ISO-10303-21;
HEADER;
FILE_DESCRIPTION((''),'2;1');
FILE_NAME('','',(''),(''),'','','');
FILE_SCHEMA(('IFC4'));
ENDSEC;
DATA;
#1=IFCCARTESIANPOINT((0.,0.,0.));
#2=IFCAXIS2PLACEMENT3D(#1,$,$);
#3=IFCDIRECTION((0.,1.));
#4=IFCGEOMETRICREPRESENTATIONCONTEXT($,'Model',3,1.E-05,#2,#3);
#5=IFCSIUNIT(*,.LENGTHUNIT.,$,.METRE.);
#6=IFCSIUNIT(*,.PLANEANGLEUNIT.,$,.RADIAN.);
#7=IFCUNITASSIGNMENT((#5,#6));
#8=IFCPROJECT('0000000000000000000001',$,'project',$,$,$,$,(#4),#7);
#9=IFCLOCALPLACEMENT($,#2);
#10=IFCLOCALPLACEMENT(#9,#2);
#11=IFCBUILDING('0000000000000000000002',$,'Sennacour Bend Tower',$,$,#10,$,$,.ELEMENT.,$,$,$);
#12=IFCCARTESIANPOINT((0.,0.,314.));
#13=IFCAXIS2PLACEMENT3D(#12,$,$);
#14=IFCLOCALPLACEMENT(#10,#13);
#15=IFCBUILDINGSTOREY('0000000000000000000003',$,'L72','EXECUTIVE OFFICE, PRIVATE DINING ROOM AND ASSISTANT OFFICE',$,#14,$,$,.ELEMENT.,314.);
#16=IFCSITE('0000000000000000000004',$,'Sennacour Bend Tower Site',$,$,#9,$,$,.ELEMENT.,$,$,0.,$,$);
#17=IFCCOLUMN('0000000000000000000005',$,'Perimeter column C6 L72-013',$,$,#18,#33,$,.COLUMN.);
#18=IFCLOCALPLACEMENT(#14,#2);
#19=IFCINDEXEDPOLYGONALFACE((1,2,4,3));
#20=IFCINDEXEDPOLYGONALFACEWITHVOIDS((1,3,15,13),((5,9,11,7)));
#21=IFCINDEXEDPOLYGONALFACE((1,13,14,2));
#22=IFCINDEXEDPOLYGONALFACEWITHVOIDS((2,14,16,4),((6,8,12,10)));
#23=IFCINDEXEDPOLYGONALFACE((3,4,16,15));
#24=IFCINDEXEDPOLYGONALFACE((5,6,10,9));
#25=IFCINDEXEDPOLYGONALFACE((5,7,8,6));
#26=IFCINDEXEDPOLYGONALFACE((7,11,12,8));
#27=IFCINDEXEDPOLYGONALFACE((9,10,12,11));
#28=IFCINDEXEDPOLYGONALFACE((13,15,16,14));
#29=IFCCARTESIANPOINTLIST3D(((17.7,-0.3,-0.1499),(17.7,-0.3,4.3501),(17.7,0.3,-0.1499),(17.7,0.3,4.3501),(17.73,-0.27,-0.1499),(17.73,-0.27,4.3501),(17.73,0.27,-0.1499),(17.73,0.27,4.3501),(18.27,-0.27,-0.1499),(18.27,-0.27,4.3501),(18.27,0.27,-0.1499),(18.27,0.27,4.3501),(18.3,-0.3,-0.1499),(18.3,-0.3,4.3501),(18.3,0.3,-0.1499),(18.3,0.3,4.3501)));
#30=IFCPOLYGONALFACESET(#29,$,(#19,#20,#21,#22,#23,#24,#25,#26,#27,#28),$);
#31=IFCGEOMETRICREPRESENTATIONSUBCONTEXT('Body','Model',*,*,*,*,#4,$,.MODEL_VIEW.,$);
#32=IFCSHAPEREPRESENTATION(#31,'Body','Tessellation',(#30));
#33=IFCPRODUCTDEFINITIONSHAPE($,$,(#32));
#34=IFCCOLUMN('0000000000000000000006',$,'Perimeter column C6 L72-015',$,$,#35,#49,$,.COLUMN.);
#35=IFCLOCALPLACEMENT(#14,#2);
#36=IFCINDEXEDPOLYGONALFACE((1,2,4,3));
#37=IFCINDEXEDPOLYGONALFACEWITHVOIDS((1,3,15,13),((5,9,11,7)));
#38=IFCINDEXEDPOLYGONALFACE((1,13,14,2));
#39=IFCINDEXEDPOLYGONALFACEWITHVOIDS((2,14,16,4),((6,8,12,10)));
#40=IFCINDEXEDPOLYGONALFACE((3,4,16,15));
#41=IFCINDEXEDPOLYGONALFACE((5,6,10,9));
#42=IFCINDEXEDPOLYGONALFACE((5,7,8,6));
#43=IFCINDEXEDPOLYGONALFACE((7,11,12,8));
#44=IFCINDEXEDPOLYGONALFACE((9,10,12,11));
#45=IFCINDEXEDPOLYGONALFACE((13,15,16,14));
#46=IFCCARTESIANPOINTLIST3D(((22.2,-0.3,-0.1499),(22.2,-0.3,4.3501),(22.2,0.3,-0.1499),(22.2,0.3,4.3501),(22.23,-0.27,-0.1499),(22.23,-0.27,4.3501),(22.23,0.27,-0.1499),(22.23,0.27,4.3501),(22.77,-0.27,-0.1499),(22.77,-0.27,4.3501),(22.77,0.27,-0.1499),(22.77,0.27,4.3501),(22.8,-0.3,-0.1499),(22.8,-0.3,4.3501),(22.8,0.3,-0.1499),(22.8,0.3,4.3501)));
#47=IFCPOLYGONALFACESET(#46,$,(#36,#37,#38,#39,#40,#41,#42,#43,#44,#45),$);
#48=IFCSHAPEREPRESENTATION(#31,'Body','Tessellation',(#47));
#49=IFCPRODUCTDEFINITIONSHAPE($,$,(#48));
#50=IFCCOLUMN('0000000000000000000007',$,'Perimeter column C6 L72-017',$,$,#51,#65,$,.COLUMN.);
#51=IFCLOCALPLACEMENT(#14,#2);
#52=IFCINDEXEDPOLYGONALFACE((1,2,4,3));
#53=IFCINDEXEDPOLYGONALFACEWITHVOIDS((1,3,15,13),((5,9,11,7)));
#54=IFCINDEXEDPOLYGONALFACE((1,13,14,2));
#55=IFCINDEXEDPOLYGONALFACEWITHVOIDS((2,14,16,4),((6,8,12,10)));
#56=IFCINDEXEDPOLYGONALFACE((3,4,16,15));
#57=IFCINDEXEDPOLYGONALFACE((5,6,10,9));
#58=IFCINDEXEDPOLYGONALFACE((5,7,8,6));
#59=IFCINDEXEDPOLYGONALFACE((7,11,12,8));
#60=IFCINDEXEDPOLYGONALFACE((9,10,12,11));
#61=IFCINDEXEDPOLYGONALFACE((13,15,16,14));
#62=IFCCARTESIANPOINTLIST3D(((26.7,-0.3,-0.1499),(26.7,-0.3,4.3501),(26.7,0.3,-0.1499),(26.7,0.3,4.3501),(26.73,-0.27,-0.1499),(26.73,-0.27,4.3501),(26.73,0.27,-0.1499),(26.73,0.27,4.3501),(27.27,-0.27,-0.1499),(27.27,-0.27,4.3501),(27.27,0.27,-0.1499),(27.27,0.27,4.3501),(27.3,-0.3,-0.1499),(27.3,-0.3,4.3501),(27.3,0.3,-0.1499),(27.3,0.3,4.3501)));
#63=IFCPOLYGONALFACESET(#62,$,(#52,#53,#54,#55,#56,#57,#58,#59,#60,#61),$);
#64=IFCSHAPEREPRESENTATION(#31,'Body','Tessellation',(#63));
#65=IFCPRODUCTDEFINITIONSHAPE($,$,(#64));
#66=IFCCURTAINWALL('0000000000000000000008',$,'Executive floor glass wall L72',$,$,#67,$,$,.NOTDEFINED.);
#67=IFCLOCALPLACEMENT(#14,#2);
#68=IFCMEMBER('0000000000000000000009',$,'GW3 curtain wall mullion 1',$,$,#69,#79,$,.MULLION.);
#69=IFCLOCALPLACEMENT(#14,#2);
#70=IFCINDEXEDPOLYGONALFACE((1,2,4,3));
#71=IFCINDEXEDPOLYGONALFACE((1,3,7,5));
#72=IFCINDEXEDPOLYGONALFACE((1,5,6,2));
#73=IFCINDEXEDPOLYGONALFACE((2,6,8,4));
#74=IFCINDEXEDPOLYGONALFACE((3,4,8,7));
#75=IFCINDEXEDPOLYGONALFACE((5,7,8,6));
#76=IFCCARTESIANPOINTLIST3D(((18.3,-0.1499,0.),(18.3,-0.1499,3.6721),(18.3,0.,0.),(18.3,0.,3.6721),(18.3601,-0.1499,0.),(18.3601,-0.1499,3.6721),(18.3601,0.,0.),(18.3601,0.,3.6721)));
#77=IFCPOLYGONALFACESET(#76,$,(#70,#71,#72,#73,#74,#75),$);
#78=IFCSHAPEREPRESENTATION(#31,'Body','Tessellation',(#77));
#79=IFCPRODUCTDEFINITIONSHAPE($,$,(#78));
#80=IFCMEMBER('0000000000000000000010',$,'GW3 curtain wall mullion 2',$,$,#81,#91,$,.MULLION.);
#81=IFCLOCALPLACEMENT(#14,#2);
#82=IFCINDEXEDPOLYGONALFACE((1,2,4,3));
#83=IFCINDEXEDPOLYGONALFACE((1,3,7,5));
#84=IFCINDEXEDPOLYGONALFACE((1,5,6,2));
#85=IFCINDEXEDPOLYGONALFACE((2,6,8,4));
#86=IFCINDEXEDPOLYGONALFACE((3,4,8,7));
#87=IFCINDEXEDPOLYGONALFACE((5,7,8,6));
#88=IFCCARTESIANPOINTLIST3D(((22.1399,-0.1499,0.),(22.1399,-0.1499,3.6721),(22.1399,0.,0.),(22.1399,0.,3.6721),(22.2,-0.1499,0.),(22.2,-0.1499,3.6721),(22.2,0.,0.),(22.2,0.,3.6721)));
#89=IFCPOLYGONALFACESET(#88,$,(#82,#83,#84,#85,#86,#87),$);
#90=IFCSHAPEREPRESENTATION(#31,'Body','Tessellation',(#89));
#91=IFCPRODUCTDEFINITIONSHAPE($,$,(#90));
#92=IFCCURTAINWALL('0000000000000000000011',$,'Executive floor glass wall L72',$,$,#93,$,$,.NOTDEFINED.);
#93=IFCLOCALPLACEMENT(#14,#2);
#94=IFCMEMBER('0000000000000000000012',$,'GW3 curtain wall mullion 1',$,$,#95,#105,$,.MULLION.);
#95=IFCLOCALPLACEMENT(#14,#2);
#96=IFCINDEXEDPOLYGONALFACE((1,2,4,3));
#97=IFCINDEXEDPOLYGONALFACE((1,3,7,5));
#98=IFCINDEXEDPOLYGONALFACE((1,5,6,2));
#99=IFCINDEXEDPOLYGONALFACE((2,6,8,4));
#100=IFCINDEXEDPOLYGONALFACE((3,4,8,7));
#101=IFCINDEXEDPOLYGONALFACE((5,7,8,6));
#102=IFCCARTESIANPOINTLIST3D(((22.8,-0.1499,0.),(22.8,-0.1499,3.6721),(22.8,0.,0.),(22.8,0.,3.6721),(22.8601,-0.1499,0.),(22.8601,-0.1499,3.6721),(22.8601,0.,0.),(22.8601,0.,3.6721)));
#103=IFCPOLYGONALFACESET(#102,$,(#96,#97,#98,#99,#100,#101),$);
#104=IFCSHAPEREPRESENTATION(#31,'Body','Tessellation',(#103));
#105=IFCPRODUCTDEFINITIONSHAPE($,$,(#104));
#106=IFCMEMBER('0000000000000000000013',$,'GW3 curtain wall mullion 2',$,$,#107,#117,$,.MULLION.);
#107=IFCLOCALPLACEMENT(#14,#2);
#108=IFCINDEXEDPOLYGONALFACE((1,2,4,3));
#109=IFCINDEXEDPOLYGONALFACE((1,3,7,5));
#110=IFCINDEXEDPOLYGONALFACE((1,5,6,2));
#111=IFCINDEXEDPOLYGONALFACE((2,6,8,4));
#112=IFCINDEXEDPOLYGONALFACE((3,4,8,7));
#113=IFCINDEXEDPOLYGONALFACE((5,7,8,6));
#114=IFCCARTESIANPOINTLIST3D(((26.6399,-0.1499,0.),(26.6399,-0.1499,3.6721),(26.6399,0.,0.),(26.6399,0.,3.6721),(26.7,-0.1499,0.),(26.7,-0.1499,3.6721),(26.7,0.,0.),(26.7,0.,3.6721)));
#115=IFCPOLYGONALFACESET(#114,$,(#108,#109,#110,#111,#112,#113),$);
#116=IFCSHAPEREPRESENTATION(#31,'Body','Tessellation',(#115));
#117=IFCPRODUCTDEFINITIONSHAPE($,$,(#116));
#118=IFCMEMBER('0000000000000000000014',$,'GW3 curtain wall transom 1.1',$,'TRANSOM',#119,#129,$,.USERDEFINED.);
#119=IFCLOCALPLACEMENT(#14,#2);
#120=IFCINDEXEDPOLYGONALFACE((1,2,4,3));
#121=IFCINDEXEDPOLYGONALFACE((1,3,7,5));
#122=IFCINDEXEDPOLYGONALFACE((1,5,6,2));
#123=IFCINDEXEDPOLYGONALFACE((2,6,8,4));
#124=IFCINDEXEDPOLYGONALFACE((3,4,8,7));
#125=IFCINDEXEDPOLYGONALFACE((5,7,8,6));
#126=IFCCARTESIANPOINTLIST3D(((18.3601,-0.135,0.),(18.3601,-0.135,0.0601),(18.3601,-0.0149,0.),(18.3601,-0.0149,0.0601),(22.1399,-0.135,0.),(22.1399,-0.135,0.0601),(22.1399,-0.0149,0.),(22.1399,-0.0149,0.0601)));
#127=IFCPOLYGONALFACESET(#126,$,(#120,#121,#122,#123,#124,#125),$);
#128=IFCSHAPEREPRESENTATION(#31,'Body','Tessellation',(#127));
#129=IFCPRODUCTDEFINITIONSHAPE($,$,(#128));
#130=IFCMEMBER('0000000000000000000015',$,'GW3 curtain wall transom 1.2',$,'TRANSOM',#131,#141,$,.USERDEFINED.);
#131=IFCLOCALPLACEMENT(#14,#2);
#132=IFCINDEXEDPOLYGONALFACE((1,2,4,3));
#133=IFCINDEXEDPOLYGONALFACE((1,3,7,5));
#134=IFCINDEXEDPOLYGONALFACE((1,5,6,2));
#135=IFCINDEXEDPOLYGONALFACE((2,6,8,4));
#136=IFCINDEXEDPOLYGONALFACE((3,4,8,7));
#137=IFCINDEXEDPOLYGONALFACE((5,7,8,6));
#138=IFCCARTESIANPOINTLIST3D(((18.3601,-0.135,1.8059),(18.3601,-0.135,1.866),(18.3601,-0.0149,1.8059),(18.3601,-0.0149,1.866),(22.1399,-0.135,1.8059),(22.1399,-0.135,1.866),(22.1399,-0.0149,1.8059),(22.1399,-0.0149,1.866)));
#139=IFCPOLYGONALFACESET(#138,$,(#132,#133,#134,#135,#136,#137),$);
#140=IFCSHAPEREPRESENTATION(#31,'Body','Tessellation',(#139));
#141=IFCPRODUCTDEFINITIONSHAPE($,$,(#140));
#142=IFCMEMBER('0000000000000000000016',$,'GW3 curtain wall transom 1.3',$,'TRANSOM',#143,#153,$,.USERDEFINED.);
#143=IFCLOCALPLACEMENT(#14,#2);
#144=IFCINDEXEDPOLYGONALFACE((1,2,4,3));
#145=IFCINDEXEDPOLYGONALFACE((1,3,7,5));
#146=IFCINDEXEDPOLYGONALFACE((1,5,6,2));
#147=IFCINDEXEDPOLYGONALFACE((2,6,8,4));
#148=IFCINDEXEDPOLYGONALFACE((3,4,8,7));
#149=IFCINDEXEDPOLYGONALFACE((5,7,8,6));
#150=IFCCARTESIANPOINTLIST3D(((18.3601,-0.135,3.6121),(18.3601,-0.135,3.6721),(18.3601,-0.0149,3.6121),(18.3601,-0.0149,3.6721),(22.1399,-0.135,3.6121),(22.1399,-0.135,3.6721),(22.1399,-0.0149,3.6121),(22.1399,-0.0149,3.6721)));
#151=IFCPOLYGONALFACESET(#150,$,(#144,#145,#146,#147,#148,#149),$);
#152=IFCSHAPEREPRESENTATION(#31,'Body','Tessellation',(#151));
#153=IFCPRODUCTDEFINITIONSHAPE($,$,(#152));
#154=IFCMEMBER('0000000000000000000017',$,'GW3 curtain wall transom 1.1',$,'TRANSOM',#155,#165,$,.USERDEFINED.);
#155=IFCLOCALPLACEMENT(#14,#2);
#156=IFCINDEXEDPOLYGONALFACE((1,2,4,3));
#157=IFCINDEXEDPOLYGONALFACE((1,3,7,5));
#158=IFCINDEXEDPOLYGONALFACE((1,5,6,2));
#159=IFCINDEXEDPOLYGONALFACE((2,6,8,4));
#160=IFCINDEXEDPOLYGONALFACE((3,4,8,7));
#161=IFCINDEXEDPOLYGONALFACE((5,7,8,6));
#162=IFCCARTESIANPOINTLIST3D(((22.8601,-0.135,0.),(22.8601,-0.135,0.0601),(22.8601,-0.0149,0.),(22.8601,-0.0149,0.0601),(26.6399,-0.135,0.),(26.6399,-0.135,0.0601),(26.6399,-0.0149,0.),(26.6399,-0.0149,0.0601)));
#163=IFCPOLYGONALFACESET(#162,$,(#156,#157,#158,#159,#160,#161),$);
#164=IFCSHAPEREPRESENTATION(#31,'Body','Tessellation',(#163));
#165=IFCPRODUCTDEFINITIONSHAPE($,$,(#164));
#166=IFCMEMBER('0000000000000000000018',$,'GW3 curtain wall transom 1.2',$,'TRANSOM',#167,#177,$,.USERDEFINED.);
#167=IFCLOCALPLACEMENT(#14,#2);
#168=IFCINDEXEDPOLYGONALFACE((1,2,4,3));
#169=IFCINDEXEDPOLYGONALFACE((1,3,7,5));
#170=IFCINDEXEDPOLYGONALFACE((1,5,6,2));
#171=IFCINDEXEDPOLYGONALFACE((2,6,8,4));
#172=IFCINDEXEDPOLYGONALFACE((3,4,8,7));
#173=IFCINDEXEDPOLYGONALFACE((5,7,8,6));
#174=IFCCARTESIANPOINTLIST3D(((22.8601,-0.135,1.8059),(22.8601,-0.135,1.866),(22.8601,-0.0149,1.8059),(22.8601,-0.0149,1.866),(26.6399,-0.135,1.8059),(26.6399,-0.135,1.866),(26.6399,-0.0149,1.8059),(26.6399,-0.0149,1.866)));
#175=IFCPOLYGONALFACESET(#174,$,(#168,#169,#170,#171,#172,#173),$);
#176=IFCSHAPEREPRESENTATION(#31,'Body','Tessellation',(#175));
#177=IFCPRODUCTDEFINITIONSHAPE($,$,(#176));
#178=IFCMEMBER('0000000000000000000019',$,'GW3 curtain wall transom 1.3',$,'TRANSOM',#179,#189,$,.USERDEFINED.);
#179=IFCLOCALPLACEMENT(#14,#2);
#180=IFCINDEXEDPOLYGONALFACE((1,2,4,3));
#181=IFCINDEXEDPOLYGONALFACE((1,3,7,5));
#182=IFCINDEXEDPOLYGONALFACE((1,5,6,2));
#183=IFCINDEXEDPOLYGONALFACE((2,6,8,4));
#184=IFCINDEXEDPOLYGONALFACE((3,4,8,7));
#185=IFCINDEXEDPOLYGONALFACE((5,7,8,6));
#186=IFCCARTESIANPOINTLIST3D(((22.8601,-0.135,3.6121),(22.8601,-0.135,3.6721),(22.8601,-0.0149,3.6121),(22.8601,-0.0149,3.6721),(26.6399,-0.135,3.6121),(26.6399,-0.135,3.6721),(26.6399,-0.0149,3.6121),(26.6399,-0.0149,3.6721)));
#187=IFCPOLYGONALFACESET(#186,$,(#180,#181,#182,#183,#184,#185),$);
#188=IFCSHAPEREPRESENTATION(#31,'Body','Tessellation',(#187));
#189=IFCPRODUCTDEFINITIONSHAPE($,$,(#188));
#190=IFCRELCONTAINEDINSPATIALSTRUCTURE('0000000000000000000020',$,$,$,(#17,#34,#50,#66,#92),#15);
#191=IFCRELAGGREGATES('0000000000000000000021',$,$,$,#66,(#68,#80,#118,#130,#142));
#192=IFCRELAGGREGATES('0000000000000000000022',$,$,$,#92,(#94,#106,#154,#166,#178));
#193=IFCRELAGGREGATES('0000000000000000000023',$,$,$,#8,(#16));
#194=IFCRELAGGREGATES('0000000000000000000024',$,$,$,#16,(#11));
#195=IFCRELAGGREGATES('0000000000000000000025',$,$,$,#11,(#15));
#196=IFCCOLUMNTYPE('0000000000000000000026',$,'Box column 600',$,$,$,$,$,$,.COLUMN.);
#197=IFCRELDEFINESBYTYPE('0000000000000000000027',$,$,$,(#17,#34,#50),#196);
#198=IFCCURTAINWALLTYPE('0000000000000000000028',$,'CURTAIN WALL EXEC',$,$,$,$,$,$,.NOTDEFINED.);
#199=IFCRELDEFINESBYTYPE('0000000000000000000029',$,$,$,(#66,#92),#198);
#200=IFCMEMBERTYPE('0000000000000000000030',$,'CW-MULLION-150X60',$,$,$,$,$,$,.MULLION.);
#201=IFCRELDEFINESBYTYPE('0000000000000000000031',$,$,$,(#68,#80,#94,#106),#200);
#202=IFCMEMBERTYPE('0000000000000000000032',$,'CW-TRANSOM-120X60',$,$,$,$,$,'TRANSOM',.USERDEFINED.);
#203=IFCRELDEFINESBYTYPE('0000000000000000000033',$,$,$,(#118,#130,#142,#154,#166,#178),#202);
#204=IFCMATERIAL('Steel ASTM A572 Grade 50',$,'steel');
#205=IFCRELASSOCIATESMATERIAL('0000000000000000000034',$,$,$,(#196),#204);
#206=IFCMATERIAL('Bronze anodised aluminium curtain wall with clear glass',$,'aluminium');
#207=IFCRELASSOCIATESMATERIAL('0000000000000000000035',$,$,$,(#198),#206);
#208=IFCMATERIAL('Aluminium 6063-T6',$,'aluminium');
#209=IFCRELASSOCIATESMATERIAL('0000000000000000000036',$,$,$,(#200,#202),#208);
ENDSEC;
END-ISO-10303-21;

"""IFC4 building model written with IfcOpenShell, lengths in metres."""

from ifc_helpers import new_model, si_unit, direction, frame, origin, origin_2d, place, context, subcontext, project, spatial, rectangle, hollow_rectangle, extrude, material, material_profile, profile_set, type_object, element, aggregate, save


model = new_model("IFC4")

# Units and contexts
model_context = context("Model", 3, precision=1e-05, world=origin(), true_north=direction((0.0, 1.0)))
body_context = subcontext(model_context, "Body", "Model", "MODEL_VIEW")
ifc_project = project(units=[si_unit("LENGTHUNIT", "METRE"), si_unit("PLANEANGLEUNIT", "RADIAN")], contexts=[model_context])

# Site, building, storey
site_placement = place(None, origin())
site = spatial("IfcSite", under=ifc_project, at=site_placement, Name="Sennacour Bend Tower Site", CompositionType="ELEMENT", RefElevation=0.0)
building_placement = place(site_placement, origin())
building = spatial("IfcBuilding", under=site, at=building_placement, Name="Sennacour Bend Tower", CompositionType="ELEMENT")
storey_placement = place(building_placement, frame((0.0, 0.0, 314.0)))
storey = spatial("IfcBuildingStorey", under=building, at=storey_placement, Name="L72", Description="EXECUTIVE OFFICE, PRIVATE DINING ROOM AND ASSISTANT OFFICE", CompositionType="ELEMENT", Elevation=314.0)

# Columns
ifc_material_1 = material(Name="Steel ASTM A572 Grade 50", Category="steel")
ifc_material_profile_1 = material_profile(ifc_material_1, hollow_rectangle(XDim=0.6001, YDim=0.6001, WallThickness=0.03, at=origin_2d()), Name="Steel ASTM A572 Grade 50", Category="steel")
ifc_profile_set_1 = profile_set([ifc_material_profile_1], Name="Steel ASTM A572 Grade 50")
column_type = type_object("IfcColumnType", Name="Box column 600", PredefinedType="COLUMN", material=ifc_profile_set_1)
for number, where, z_axis, x_axis, name in (
    (1, (18.0, 0.0, -0.1499), (0.0, 0.0, 1.0), (1.0, 0.0, 0.0), "Perimeter column C6 L72-013"),
    (2, (22.5, 0.0, -0.1499), (0.0, 0.0, 1.0), (1.0, 0.0, 0.0), "Perimeter column C6 L72-015"),
    (3, (27.0, 0.0, -0.1499), (0.0, 0.0, 1.0), (1.0, 0.0, 0.0), "Perimeter column C6 L72-017"),
):
    element("IfcColumn", number, at=place(storey_placement, frame(where, z_axis=z_axis, x_axis=x_axis)), inside=storey, type_object=column_type, Name=name, PredefinedType="COLUMN", context=body_context, shape_type="SweptSolid", body=[
        extrude(hollow_rectangle(XDim=0.6001, YDim=0.6001, WallThickness=0.03, at=origin_2d()), origin(), (0.0, 0.0, 1.0), 4.5),
    ])

# Curtain walls, members
ifc_material_2 = material(Name="Bronze anodised aluminium curtain wall with clear glass", Category="aluminium")
curtain_wall_type = type_object("IfcCurtainWallType", Name="CURTAIN WALL EXEC", PredefinedType="NOTDEFINED", material=ifc_material_2)
curtain_wall_1_placement = place(storey_placement, origin())
curtain_wall_1 = element("IfcCurtainWall", 4, at=curtain_wall_1_placement, inside=storey, type_object=curtain_wall_type, Name="Executive floor glass wall L72", PredefinedType="NOTDEFINED")
ifc_material_3 = material(Name="Aluminium 6063-T6", Category="aluminium")
ifc_material_profile_2 = material_profile(ifc_material_3, rectangle(XDim=0.1499, YDim=0.0601, at=origin_2d()), Name="Aluminium 6063-T6", Category="aluminium")
ifc_profile_set_2 = profile_set([ifc_material_profile_2], Name="Aluminium 6063-T6")
member_type_1 = type_object("IfcMemberType", Name="CW-MULLION-150X60", PredefinedType="MULLION", material=ifc_profile_set_2)
member_1_placement = place(storey_placement, frame((18.3301, -0.075, 0.0), z_axis=(0.0, 0.0, 1.0), x_axis=(0.0, 1.0, 0.0)))
member_1 = element("IfcMember", 5, at=member_1_placement, type_object=member_type_1, Name="GW3 curtain wall mullion 1", PredefinedType="MULLION", context=body_context, shape_type="SweptSolid", body=[
    extrude(rectangle(XDim=0.1499, YDim=0.0601, at=origin_2d()), origin(), (0.0, 0.0, 1.0), 3.6721),
])
member_2_placement = place(storey_placement, frame((22.1699, -0.075, 0.0), z_axis=(0.0, 0.0, 1.0), x_axis=(0.0, 1.0, 0.0)))
member_2 = element("IfcMember", 6, at=member_2_placement, type_object=member_type_1, Name="GW3 curtain wall mullion 2", PredefinedType="MULLION", context=body_context, shape_type="SweptSolid", body=[
    extrude(rectangle(XDim=0.1499, YDim=0.0601, at=origin_2d()), origin(), (0.0, 0.0, 1.0), 3.6721),
])
curtain_wall_2_placement = place(storey_placement, origin())
curtain_wall_2 = element("IfcCurtainWall", 7, at=curtain_wall_2_placement, inside=storey, type_object=curtain_wall_type, Name="Executive floor glass wall L72", PredefinedType="NOTDEFINED")
member_3_placement = place(storey_placement, frame((22.8301, -0.075, 0.0), z_axis=(0.0, 0.0, 1.0), x_axis=(0.0, 1.0, 0.0)))
member_3 = element("IfcMember", 8, at=member_3_placement, type_object=member_type_1, Name="GW3 curtain wall mullion 1", PredefinedType="MULLION", context=body_context, shape_type="SweptSolid", body=[
    extrude(rectangle(XDim=0.1499, YDim=0.0601, at=origin_2d()), origin(), (0.0, 0.0, 1.0), 3.6721),
])
member_4_placement = place(storey_placement, frame((26.6699, -0.075, 0.0), z_axis=(0.0, 0.0, 1.0), x_axis=(0.0, 1.0, 0.0)))
member_4 = element("IfcMember", 9, at=member_4_placement, type_object=member_type_1, Name="GW3 curtain wall mullion 2", PredefinedType="MULLION", context=body_context, shape_type="SweptSolid", body=[
    extrude(rectangle(XDim=0.1499, YDim=0.0601, at=origin_2d()), origin(), (0.0, 0.0, 1.0), 3.6721),
])

# Members
ifc_material_profile_3 = material_profile(ifc_material_3, rectangle(XDim=0.1201, YDim=0.0601, at=origin_2d()), Name="Aluminium 6063-T6", Category="aluminium")
ifc_profile_set_3 = profile_set([ifc_material_profile_3], Name="Aluminium 6063-T6")
member_type_2 = type_object("IfcMemberType", Name="CW-TRANSOM-120X60", ElementType="TRANSOM", PredefinedType="USERDEFINED", material=ifc_profile_set_3)
member_5_placement = place(storey_placement, frame((18.3601, -0.075, 0.03), z_axis=(1.0, 0.0, 0.0), x_axis=(0.0, 1.0, 0.0)))
member_5 = element("IfcMember", 10, at=member_5_placement, type_object=member_type_2, Name="GW3 curtain wall transom 1.1", ObjectType="TRANSOM", PredefinedType="USERDEFINED", context=body_context, shape_type="SweptSolid", body=[
    extrude(rectangle(XDim=0.1201, YDim=0.0601, at=origin_2d()), origin(), (0.0, 0.0, 1.0), 3.7798),
])
member_6_placement = place(storey_placement, frame((18.3601, -0.075, 1.8359), z_axis=(1.0, 0.0, 0.0), x_axis=(0.0, 1.0, 0.0)))
member_6 = element("IfcMember", 11, at=member_6_placement, type_object=member_type_2, Name="GW3 curtain wall transom 1.2", ObjectType="TRANSOM", PredefinedType="USERDEFINED", context=body_context, shape_type="SweptSolid", body=[
    extrude(rectangle(XDim=0.1201, YDim=0.0601, at=origin_2d()), origin(), (0.0, 0.0, 1.0), 3.7798),
])
member_7_placement = place(storey_placement, frame((18.3601, -0.075, 3.6421), z_axis=(1.0, 0.0, 0.0), x_axis=(0.0, 1.0, 0.0)))
member_7 = element("IfcMember", 12, at=member_7_placement, type_object=member_type_2, Name="GW3 curtain wall transom 1.3", ObjectType="TRANSOM", PredefinedType="USERDEFINED", context=body_context, shape_type="SweptSolid", body=[
    extrude(rectangle(XDim=0.1201, YDim=0.0601, at=origin_2d()), origin(), (0.0, 0.0, 1.0), 3.7798),
])
member_8_placement = place(storey_placement, frame((22.8601, -0.075, 0.03), z_axis=(1.0, 0.0, 0.0), x_axis=(0.0, 1.0, 0.0)))
member_8 = element("IfcMember", 13, at=member_8_placement, type_object=member_type_2, Name="GW3 curtain wall transom 1.1", ObjectType="TRANSOM", PredefinedType="USERDEFINED", context=body_context, shape_type="SweptSolid", body=[
    extrude(rectangle(XDim=0.1201, YDim=0.0601, at=origin_2d()), origin(), (0.0, 0.0, 1.0), 3.7798),
])
member_9_placement = place(storey_placement, frame((22.8601, -0.075, 1.8359), z_axis=(1.0, 0.0, 0.0), x_axis=(0.0, 1.0, 0.0)))
member_9 = element("IfcMember", 14, at=member_9_placement, type_object=member_type_2, Name="GW3 curtain wall transom 1.2", ObjectType="TRANSOM", PredefinedType="USERDEFINED", context=body_context, shape_type="SweptSolid", body=[
    extrude(rectangle(XDim=0.1201, YDim=0.0601, at=origin_2d()), origin(), (0.0, 0.0, 1.0), 3.7798),
])
member_10_placement = place(storey_placement, frame((22.8601, -0.075, 3.6421), z_axis=(1.0, 0.0, 0.0), x_axis=(0.0, 1.0, 0.0)))
member_10 = element("IfcMember", 15, at=member_10_placement, type_object=member_type_2, Name="GW3 curtain wall transom 1.3", ObjectType="TRANSOM", PredefinedType="USERDEFINED", context=body_context, shape_type="SweptSolid", body=[
    extrude(rectangle(XDim=0.1201, YDim=0.0601, at=origin_2d()), origin(), (0.0, 0.0, 1.0), 3.7798),
])

aggregate(curtain_wall_1, [member_1, member_2, member_5, member_6, member_7])
aggregate(curtain_wall_2, [member_3, member_4, member_8, member_9, member_10])

save(model, "model.ifc")
